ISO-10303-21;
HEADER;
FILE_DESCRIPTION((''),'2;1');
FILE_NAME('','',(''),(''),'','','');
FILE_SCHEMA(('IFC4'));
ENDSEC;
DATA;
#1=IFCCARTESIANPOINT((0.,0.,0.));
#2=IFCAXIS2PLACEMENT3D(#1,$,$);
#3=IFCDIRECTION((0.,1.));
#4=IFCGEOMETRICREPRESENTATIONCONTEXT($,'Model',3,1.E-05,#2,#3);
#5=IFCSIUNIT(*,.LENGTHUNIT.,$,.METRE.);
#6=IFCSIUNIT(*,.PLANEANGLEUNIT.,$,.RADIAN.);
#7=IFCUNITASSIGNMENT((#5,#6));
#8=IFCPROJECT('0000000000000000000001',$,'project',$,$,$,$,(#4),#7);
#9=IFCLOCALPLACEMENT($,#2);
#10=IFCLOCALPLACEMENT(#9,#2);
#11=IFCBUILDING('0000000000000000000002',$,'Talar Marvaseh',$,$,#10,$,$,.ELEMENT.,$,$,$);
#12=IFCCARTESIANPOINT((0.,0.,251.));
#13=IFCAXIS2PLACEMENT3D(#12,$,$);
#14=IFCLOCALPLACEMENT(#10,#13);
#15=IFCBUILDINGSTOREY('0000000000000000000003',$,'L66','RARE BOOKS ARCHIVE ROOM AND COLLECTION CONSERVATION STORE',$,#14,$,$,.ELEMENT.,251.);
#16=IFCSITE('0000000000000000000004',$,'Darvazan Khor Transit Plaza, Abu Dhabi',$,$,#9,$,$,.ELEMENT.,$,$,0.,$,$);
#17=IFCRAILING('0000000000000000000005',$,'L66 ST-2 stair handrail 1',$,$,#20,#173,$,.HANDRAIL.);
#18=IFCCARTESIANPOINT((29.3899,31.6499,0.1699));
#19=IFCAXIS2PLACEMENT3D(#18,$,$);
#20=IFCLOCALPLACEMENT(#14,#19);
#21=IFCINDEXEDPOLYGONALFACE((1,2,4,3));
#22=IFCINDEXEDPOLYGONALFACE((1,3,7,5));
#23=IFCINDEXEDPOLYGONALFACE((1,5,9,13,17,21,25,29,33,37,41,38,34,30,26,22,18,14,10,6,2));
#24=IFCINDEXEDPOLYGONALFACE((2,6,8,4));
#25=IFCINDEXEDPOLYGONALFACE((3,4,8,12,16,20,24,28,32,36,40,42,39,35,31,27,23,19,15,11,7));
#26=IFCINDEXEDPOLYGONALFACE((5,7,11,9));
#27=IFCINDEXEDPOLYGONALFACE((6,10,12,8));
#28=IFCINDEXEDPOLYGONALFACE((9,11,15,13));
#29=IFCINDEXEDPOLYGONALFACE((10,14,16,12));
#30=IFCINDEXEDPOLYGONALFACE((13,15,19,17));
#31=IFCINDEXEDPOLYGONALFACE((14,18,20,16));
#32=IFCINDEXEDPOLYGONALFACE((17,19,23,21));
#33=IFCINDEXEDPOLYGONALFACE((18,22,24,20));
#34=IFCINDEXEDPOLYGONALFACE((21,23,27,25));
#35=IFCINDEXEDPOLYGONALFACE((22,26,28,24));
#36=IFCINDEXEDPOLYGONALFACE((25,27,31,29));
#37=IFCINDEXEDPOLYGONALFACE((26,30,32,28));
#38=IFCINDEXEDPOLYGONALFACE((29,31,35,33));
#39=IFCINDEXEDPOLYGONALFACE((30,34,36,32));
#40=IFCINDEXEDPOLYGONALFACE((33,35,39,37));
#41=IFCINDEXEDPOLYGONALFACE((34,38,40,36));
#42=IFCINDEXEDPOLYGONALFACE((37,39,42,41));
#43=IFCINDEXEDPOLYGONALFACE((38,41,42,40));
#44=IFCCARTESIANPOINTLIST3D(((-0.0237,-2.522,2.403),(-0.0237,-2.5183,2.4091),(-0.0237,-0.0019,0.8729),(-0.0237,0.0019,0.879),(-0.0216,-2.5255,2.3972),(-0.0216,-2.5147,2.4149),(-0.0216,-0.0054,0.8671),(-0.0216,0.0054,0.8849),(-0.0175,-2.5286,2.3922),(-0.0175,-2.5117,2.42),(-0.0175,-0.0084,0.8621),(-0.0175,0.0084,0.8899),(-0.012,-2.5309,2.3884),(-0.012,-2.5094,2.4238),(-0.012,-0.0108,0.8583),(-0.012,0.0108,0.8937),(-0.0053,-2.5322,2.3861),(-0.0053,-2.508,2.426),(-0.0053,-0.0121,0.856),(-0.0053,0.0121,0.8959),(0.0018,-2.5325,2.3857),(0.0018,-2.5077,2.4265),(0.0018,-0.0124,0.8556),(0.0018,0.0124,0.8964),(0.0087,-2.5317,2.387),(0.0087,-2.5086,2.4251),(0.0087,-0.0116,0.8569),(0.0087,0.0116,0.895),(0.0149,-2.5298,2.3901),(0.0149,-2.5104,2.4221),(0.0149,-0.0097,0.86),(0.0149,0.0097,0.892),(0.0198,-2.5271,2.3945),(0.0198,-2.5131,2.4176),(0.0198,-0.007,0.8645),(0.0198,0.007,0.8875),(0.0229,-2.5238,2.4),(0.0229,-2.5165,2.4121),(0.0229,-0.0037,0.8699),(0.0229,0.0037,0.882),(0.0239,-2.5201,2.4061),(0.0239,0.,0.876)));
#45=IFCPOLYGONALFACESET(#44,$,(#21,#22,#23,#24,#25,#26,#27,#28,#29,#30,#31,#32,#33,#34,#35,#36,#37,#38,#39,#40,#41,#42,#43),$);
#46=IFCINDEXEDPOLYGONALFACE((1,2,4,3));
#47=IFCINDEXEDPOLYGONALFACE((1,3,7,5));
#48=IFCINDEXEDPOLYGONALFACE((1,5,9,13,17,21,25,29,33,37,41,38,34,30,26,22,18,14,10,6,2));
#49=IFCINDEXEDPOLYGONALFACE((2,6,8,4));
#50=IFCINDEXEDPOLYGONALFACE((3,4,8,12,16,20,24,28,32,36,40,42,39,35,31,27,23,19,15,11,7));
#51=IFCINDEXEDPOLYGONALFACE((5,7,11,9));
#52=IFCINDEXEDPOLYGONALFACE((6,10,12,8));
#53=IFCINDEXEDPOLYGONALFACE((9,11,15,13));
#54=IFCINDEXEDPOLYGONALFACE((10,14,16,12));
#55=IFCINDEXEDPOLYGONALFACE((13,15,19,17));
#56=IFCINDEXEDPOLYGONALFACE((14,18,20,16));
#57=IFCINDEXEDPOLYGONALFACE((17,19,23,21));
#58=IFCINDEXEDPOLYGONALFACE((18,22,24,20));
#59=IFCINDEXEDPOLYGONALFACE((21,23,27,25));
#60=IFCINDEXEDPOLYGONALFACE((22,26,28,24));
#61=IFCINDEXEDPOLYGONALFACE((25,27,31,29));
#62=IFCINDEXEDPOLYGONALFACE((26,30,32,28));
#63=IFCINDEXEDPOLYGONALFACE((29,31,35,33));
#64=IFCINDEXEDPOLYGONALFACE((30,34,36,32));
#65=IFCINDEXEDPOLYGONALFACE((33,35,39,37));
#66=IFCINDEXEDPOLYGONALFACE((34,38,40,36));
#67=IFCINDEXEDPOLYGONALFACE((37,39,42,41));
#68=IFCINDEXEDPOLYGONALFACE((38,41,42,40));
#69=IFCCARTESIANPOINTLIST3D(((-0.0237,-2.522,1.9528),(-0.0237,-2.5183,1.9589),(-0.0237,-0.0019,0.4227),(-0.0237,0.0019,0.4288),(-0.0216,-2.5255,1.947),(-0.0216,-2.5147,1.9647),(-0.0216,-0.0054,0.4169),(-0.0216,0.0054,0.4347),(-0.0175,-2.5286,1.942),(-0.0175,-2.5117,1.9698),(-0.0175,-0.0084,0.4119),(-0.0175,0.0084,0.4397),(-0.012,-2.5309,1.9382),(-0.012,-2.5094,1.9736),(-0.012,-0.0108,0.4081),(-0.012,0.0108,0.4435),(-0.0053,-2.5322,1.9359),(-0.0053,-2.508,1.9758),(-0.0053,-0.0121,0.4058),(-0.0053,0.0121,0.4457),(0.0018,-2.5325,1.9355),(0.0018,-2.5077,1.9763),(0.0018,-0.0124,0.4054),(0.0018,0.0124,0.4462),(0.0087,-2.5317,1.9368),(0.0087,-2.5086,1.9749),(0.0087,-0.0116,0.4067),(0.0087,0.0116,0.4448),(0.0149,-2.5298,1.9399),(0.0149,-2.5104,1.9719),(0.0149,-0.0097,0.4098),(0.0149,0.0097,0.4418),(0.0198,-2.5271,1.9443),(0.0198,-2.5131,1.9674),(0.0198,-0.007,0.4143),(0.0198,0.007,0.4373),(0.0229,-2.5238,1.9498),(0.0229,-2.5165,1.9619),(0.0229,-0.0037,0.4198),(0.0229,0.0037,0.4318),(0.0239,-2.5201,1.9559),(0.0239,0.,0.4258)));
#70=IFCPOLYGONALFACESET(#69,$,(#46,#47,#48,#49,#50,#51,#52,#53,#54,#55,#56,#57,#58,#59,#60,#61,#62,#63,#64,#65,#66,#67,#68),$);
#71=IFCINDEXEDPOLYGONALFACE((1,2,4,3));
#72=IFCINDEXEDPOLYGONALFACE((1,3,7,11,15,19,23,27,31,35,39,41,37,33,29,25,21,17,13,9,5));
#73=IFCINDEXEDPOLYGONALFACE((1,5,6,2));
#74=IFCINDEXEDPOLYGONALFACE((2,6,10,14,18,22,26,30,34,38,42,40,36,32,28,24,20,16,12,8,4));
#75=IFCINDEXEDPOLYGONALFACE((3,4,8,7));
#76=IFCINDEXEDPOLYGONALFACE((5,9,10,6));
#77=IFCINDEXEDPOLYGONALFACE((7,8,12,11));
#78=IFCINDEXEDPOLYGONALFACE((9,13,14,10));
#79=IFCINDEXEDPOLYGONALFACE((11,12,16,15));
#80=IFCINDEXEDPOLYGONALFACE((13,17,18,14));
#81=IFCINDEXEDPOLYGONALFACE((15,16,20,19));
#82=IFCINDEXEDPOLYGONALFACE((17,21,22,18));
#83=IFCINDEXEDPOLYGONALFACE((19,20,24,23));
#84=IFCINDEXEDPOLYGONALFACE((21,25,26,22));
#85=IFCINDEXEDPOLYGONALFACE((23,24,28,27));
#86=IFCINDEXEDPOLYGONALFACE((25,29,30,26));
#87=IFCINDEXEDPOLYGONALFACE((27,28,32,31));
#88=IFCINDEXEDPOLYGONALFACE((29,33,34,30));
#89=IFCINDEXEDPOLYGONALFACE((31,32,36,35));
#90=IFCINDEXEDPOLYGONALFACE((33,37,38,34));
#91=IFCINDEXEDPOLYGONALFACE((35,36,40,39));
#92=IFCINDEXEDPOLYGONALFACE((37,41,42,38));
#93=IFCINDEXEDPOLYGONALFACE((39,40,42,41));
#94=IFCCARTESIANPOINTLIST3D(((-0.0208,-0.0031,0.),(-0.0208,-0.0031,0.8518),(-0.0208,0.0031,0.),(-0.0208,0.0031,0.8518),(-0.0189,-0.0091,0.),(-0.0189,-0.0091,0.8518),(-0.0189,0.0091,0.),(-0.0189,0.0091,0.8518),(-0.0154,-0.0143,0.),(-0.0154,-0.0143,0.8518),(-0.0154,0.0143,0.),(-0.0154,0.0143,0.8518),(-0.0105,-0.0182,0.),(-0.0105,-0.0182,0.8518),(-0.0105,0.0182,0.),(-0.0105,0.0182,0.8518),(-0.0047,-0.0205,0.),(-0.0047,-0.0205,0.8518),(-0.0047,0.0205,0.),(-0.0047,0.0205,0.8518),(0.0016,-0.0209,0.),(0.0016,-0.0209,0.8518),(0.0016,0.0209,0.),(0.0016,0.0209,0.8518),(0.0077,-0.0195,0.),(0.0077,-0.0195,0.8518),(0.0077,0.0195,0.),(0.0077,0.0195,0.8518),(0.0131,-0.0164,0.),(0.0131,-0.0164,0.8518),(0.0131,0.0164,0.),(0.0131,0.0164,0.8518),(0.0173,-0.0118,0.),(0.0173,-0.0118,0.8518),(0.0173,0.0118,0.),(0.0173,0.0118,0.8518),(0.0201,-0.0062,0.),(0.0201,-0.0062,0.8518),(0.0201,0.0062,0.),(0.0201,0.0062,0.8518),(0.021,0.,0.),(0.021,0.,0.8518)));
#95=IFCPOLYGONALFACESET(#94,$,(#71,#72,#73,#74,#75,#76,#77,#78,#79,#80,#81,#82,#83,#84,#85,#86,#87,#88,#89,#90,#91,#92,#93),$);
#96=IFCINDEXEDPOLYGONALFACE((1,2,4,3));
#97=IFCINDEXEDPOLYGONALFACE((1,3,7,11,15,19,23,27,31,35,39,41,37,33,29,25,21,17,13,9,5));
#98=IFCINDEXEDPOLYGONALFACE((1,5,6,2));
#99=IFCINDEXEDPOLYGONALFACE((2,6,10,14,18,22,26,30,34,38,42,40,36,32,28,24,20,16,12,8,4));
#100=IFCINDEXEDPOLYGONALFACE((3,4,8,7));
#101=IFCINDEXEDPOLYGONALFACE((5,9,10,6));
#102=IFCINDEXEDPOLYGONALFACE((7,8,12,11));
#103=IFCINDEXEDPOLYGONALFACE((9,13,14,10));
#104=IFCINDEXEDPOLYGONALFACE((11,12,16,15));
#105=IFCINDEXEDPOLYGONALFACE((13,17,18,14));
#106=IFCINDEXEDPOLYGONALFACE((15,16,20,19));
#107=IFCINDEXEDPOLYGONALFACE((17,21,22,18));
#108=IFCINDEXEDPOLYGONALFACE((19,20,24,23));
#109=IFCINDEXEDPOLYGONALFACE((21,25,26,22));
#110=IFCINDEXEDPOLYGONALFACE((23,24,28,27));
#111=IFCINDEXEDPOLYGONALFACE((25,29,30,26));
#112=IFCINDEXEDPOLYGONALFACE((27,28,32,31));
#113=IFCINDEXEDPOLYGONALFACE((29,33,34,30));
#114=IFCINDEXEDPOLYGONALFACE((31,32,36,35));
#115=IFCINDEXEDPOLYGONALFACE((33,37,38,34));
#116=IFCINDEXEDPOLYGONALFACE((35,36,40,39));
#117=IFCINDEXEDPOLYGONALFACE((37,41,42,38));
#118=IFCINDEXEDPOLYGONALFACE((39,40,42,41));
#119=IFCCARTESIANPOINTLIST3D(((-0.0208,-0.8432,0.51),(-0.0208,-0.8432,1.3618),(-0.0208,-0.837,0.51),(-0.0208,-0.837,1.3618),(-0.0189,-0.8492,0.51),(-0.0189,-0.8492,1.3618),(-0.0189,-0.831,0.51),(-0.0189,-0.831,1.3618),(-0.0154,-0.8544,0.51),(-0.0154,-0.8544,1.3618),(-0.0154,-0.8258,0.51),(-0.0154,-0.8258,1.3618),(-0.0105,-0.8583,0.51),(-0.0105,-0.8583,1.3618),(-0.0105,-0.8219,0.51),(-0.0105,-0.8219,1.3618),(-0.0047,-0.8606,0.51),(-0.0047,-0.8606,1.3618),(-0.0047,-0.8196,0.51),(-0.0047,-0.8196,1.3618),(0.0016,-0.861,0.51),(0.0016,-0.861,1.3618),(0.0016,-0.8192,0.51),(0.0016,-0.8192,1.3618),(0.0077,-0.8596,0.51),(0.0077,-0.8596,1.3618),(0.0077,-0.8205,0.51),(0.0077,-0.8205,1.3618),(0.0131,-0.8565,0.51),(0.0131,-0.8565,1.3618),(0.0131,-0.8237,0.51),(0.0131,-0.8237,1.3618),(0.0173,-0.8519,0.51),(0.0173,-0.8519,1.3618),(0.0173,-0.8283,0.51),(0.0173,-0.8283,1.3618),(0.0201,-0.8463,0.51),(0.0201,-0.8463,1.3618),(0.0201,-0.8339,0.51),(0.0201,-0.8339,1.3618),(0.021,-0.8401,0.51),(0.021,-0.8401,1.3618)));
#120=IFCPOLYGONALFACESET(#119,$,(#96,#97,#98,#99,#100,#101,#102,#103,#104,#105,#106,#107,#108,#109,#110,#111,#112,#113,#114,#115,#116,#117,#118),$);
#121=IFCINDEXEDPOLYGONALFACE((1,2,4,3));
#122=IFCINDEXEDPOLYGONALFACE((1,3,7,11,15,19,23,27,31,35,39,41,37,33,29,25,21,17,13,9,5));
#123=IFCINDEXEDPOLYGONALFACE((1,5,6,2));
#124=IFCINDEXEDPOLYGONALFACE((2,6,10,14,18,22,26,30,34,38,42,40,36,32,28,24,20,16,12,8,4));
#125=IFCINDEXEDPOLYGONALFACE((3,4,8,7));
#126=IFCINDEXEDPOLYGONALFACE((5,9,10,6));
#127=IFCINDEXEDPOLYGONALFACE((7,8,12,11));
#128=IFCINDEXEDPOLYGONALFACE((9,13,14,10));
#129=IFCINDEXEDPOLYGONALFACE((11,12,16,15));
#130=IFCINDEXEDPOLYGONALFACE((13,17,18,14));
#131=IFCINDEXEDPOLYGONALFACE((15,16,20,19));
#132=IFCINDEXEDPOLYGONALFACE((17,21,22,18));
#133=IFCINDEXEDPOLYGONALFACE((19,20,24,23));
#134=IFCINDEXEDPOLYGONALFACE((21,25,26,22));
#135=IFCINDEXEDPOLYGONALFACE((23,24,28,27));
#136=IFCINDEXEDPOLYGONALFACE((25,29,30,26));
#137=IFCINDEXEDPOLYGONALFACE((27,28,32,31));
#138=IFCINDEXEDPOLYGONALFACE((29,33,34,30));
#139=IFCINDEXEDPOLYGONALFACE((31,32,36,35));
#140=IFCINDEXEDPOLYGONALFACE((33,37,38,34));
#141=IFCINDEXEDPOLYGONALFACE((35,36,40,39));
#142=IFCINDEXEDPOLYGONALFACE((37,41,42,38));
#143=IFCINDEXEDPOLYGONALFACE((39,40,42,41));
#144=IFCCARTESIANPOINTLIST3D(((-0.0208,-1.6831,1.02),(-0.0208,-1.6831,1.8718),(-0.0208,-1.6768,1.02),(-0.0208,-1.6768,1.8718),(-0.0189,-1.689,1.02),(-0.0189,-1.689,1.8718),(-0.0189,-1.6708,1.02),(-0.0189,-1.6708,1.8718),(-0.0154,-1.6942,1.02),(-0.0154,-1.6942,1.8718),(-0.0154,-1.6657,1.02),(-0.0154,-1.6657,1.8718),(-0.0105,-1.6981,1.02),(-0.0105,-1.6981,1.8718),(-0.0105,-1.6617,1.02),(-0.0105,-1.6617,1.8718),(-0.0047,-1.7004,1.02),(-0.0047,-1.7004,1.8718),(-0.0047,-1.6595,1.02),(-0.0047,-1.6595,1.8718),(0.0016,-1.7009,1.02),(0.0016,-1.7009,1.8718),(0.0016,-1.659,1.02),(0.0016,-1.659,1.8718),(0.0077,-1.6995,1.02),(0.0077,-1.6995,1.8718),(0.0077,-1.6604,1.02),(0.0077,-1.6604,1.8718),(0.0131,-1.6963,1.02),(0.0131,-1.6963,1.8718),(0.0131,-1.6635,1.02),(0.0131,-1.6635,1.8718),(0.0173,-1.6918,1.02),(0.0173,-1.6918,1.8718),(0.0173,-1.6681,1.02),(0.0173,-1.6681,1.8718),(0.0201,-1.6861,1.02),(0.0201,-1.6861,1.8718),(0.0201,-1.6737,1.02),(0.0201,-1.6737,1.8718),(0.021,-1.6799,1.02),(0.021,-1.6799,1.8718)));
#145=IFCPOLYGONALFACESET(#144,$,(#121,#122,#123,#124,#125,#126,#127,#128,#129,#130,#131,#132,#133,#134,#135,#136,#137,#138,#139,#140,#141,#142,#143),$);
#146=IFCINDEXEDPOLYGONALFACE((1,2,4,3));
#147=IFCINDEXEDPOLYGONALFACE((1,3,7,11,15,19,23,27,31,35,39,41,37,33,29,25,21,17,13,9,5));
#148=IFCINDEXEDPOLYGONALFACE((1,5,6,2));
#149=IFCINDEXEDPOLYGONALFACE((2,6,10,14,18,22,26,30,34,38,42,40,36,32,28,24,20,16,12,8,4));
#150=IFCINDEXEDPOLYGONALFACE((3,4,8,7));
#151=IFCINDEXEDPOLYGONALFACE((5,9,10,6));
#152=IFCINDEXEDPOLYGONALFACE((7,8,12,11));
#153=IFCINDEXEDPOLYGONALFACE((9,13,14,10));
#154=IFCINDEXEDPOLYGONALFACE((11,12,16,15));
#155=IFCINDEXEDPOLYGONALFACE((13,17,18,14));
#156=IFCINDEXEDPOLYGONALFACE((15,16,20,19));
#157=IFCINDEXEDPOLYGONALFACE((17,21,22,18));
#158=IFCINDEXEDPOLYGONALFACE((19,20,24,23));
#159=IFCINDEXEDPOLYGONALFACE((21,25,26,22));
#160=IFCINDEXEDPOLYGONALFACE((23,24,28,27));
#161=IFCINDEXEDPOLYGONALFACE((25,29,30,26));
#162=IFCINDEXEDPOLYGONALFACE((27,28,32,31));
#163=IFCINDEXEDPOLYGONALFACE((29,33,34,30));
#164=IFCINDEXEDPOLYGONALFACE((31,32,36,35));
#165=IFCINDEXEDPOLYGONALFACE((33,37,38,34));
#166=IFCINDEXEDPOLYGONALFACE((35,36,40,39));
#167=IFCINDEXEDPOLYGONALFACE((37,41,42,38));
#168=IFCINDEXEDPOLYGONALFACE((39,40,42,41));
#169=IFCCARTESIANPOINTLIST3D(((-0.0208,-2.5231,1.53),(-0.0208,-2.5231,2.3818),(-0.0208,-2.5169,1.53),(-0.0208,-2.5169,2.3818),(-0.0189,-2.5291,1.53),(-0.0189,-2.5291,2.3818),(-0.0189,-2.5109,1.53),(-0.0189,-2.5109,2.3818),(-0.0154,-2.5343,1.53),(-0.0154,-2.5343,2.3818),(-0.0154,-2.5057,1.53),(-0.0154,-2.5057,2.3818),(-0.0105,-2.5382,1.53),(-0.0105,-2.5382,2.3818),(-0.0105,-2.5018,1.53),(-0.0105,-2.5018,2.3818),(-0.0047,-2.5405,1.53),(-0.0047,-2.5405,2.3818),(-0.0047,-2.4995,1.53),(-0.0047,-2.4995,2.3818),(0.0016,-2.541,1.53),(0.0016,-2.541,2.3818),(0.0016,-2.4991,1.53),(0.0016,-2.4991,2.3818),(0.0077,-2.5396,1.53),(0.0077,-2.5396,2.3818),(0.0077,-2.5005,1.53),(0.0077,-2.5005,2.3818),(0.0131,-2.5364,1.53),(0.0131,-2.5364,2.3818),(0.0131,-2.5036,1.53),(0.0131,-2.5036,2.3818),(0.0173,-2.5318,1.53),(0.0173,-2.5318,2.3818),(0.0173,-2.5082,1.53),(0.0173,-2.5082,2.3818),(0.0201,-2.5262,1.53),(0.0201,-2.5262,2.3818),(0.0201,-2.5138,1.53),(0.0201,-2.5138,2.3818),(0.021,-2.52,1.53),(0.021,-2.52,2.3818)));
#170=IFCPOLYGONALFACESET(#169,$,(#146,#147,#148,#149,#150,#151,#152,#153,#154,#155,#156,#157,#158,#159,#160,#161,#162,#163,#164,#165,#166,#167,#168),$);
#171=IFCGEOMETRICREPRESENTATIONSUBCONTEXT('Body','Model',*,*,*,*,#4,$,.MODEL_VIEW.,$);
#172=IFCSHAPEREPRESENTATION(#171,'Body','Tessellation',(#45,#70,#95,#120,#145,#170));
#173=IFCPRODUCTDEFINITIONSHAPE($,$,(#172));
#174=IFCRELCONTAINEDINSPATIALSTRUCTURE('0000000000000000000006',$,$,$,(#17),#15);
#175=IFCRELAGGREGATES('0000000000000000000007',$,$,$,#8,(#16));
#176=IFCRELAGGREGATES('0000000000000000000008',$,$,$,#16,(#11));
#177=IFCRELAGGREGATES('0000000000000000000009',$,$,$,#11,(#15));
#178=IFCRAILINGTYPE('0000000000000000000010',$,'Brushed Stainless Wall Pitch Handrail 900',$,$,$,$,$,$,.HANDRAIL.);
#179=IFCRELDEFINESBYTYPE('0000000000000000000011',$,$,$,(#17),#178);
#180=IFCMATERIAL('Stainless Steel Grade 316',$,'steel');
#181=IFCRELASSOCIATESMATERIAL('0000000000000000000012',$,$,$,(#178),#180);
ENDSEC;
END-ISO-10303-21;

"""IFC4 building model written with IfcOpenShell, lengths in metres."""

from ifc_helpers import new_model, si_unit, direction, frame, origin, origin_2d, place, context, subcontext, project, spatial, circle, extrude, material, type_object, element, save


model = new_model("IFC4")

# Units and contexts
model_context = context("Model", 3, precision=1e-05, world=origin(), true_north=direction((0.0, 1.0)))
body_context = subcontext(model_context, "Body", "Model", "MODEL_VIEW")
ifc_project = project(units=[si_unit("LENGTHUNIT", "METRE"), si_unit("PLANEANGLEUNIT", "RADIAN")], contexts=[model_context])

# Site, building, storey
site_placement = place(None, origin())
site = spatial("IfcSite", under=ifc_project, at=site_placement, Name="Darvazan Khor Transit Plaza, Abu Dhabi", CompositionType="ELEMENT", RefElevation=0.0)
building_placement = place(site_placement, origin())
building = spatial("IfcBuilding", under=site, at=building_placement, Name="Talar Marvaseh", CompositionType="ELEMENT")
storey_placement = place(building_placement, frame((0.0, 0.0, 251.0)))
storey = spatial("IfcBuildingStorey", under=building, at=storey_placement, Name="L66", Description="RARE BOOKS ARCHIVE ROOM AND COLLECTION CONSERVATION STORE", CompositionType="ELEMENT", Elevation=251.0)

# Shared definitions
ifc_material_1 = material(Name="Stainless Steel Grade 316", Category="steel")

# Railing
railing_type_1 = type_object("IfcRailingType", Name="Brushed Stainless Wall Pitch Handrail 900", PredefinedType="HANDRAIL", material=ifc_material_1)
railing_1_placement = place(storey_placement, frame((29.3899, 31.6499, 0.1699)))
element("IfcRailing", 1, at=railing_1_placement, inside=storey, type_object=railing_type_1, Name="L66 ST-2 stair handrail 1", PredefinedType="HANDRAIL", context=body_context, shape_type="SweptSolid", body=[
    extrude(circle(Radius=0.0239, at=origin_2d()), frame((0.0, 0.0, 0.876), z_axis=(0.0, -0.854785, 0.518982), x_axis=(1.0, 0.0, 0.0)), (0.0, 0.0, 1.0), 2.9482),
    extrude(circle(Radius=0.0239, at=origin_2d()), frame((0.0, 0.0, 0.4258), z_axis=(0.0, -0.854785, 0.518982), x_axis=(1.0, 0.0, 0.0)), (0.0, 0.0, 1.0), 2.9482),
    extrude(circle(Radius=0.021, at=origin_2d()), origin(), (0.0, 0.0, 1.0), 0.8518),
    extrude(circle(Radius=0.021, at=origin_2d()), frame((0.0, -0.8401, 0.51)), (0.0, 0.0, 1.0), 0.8518),
    extrude(circle(Radius=0.021, at=origin_2d()), frame((0.0, -1.6799, 1.02)), (0.0, 0.0, 1.0), 0.8518),
    extrude(circle(Radius=0.021, at=origin_2d()), frame((0.0, -2.52, 1.53)), (0.0, 0.0, 1.0), 0.8518),
])

save(model, "model.ifc")
